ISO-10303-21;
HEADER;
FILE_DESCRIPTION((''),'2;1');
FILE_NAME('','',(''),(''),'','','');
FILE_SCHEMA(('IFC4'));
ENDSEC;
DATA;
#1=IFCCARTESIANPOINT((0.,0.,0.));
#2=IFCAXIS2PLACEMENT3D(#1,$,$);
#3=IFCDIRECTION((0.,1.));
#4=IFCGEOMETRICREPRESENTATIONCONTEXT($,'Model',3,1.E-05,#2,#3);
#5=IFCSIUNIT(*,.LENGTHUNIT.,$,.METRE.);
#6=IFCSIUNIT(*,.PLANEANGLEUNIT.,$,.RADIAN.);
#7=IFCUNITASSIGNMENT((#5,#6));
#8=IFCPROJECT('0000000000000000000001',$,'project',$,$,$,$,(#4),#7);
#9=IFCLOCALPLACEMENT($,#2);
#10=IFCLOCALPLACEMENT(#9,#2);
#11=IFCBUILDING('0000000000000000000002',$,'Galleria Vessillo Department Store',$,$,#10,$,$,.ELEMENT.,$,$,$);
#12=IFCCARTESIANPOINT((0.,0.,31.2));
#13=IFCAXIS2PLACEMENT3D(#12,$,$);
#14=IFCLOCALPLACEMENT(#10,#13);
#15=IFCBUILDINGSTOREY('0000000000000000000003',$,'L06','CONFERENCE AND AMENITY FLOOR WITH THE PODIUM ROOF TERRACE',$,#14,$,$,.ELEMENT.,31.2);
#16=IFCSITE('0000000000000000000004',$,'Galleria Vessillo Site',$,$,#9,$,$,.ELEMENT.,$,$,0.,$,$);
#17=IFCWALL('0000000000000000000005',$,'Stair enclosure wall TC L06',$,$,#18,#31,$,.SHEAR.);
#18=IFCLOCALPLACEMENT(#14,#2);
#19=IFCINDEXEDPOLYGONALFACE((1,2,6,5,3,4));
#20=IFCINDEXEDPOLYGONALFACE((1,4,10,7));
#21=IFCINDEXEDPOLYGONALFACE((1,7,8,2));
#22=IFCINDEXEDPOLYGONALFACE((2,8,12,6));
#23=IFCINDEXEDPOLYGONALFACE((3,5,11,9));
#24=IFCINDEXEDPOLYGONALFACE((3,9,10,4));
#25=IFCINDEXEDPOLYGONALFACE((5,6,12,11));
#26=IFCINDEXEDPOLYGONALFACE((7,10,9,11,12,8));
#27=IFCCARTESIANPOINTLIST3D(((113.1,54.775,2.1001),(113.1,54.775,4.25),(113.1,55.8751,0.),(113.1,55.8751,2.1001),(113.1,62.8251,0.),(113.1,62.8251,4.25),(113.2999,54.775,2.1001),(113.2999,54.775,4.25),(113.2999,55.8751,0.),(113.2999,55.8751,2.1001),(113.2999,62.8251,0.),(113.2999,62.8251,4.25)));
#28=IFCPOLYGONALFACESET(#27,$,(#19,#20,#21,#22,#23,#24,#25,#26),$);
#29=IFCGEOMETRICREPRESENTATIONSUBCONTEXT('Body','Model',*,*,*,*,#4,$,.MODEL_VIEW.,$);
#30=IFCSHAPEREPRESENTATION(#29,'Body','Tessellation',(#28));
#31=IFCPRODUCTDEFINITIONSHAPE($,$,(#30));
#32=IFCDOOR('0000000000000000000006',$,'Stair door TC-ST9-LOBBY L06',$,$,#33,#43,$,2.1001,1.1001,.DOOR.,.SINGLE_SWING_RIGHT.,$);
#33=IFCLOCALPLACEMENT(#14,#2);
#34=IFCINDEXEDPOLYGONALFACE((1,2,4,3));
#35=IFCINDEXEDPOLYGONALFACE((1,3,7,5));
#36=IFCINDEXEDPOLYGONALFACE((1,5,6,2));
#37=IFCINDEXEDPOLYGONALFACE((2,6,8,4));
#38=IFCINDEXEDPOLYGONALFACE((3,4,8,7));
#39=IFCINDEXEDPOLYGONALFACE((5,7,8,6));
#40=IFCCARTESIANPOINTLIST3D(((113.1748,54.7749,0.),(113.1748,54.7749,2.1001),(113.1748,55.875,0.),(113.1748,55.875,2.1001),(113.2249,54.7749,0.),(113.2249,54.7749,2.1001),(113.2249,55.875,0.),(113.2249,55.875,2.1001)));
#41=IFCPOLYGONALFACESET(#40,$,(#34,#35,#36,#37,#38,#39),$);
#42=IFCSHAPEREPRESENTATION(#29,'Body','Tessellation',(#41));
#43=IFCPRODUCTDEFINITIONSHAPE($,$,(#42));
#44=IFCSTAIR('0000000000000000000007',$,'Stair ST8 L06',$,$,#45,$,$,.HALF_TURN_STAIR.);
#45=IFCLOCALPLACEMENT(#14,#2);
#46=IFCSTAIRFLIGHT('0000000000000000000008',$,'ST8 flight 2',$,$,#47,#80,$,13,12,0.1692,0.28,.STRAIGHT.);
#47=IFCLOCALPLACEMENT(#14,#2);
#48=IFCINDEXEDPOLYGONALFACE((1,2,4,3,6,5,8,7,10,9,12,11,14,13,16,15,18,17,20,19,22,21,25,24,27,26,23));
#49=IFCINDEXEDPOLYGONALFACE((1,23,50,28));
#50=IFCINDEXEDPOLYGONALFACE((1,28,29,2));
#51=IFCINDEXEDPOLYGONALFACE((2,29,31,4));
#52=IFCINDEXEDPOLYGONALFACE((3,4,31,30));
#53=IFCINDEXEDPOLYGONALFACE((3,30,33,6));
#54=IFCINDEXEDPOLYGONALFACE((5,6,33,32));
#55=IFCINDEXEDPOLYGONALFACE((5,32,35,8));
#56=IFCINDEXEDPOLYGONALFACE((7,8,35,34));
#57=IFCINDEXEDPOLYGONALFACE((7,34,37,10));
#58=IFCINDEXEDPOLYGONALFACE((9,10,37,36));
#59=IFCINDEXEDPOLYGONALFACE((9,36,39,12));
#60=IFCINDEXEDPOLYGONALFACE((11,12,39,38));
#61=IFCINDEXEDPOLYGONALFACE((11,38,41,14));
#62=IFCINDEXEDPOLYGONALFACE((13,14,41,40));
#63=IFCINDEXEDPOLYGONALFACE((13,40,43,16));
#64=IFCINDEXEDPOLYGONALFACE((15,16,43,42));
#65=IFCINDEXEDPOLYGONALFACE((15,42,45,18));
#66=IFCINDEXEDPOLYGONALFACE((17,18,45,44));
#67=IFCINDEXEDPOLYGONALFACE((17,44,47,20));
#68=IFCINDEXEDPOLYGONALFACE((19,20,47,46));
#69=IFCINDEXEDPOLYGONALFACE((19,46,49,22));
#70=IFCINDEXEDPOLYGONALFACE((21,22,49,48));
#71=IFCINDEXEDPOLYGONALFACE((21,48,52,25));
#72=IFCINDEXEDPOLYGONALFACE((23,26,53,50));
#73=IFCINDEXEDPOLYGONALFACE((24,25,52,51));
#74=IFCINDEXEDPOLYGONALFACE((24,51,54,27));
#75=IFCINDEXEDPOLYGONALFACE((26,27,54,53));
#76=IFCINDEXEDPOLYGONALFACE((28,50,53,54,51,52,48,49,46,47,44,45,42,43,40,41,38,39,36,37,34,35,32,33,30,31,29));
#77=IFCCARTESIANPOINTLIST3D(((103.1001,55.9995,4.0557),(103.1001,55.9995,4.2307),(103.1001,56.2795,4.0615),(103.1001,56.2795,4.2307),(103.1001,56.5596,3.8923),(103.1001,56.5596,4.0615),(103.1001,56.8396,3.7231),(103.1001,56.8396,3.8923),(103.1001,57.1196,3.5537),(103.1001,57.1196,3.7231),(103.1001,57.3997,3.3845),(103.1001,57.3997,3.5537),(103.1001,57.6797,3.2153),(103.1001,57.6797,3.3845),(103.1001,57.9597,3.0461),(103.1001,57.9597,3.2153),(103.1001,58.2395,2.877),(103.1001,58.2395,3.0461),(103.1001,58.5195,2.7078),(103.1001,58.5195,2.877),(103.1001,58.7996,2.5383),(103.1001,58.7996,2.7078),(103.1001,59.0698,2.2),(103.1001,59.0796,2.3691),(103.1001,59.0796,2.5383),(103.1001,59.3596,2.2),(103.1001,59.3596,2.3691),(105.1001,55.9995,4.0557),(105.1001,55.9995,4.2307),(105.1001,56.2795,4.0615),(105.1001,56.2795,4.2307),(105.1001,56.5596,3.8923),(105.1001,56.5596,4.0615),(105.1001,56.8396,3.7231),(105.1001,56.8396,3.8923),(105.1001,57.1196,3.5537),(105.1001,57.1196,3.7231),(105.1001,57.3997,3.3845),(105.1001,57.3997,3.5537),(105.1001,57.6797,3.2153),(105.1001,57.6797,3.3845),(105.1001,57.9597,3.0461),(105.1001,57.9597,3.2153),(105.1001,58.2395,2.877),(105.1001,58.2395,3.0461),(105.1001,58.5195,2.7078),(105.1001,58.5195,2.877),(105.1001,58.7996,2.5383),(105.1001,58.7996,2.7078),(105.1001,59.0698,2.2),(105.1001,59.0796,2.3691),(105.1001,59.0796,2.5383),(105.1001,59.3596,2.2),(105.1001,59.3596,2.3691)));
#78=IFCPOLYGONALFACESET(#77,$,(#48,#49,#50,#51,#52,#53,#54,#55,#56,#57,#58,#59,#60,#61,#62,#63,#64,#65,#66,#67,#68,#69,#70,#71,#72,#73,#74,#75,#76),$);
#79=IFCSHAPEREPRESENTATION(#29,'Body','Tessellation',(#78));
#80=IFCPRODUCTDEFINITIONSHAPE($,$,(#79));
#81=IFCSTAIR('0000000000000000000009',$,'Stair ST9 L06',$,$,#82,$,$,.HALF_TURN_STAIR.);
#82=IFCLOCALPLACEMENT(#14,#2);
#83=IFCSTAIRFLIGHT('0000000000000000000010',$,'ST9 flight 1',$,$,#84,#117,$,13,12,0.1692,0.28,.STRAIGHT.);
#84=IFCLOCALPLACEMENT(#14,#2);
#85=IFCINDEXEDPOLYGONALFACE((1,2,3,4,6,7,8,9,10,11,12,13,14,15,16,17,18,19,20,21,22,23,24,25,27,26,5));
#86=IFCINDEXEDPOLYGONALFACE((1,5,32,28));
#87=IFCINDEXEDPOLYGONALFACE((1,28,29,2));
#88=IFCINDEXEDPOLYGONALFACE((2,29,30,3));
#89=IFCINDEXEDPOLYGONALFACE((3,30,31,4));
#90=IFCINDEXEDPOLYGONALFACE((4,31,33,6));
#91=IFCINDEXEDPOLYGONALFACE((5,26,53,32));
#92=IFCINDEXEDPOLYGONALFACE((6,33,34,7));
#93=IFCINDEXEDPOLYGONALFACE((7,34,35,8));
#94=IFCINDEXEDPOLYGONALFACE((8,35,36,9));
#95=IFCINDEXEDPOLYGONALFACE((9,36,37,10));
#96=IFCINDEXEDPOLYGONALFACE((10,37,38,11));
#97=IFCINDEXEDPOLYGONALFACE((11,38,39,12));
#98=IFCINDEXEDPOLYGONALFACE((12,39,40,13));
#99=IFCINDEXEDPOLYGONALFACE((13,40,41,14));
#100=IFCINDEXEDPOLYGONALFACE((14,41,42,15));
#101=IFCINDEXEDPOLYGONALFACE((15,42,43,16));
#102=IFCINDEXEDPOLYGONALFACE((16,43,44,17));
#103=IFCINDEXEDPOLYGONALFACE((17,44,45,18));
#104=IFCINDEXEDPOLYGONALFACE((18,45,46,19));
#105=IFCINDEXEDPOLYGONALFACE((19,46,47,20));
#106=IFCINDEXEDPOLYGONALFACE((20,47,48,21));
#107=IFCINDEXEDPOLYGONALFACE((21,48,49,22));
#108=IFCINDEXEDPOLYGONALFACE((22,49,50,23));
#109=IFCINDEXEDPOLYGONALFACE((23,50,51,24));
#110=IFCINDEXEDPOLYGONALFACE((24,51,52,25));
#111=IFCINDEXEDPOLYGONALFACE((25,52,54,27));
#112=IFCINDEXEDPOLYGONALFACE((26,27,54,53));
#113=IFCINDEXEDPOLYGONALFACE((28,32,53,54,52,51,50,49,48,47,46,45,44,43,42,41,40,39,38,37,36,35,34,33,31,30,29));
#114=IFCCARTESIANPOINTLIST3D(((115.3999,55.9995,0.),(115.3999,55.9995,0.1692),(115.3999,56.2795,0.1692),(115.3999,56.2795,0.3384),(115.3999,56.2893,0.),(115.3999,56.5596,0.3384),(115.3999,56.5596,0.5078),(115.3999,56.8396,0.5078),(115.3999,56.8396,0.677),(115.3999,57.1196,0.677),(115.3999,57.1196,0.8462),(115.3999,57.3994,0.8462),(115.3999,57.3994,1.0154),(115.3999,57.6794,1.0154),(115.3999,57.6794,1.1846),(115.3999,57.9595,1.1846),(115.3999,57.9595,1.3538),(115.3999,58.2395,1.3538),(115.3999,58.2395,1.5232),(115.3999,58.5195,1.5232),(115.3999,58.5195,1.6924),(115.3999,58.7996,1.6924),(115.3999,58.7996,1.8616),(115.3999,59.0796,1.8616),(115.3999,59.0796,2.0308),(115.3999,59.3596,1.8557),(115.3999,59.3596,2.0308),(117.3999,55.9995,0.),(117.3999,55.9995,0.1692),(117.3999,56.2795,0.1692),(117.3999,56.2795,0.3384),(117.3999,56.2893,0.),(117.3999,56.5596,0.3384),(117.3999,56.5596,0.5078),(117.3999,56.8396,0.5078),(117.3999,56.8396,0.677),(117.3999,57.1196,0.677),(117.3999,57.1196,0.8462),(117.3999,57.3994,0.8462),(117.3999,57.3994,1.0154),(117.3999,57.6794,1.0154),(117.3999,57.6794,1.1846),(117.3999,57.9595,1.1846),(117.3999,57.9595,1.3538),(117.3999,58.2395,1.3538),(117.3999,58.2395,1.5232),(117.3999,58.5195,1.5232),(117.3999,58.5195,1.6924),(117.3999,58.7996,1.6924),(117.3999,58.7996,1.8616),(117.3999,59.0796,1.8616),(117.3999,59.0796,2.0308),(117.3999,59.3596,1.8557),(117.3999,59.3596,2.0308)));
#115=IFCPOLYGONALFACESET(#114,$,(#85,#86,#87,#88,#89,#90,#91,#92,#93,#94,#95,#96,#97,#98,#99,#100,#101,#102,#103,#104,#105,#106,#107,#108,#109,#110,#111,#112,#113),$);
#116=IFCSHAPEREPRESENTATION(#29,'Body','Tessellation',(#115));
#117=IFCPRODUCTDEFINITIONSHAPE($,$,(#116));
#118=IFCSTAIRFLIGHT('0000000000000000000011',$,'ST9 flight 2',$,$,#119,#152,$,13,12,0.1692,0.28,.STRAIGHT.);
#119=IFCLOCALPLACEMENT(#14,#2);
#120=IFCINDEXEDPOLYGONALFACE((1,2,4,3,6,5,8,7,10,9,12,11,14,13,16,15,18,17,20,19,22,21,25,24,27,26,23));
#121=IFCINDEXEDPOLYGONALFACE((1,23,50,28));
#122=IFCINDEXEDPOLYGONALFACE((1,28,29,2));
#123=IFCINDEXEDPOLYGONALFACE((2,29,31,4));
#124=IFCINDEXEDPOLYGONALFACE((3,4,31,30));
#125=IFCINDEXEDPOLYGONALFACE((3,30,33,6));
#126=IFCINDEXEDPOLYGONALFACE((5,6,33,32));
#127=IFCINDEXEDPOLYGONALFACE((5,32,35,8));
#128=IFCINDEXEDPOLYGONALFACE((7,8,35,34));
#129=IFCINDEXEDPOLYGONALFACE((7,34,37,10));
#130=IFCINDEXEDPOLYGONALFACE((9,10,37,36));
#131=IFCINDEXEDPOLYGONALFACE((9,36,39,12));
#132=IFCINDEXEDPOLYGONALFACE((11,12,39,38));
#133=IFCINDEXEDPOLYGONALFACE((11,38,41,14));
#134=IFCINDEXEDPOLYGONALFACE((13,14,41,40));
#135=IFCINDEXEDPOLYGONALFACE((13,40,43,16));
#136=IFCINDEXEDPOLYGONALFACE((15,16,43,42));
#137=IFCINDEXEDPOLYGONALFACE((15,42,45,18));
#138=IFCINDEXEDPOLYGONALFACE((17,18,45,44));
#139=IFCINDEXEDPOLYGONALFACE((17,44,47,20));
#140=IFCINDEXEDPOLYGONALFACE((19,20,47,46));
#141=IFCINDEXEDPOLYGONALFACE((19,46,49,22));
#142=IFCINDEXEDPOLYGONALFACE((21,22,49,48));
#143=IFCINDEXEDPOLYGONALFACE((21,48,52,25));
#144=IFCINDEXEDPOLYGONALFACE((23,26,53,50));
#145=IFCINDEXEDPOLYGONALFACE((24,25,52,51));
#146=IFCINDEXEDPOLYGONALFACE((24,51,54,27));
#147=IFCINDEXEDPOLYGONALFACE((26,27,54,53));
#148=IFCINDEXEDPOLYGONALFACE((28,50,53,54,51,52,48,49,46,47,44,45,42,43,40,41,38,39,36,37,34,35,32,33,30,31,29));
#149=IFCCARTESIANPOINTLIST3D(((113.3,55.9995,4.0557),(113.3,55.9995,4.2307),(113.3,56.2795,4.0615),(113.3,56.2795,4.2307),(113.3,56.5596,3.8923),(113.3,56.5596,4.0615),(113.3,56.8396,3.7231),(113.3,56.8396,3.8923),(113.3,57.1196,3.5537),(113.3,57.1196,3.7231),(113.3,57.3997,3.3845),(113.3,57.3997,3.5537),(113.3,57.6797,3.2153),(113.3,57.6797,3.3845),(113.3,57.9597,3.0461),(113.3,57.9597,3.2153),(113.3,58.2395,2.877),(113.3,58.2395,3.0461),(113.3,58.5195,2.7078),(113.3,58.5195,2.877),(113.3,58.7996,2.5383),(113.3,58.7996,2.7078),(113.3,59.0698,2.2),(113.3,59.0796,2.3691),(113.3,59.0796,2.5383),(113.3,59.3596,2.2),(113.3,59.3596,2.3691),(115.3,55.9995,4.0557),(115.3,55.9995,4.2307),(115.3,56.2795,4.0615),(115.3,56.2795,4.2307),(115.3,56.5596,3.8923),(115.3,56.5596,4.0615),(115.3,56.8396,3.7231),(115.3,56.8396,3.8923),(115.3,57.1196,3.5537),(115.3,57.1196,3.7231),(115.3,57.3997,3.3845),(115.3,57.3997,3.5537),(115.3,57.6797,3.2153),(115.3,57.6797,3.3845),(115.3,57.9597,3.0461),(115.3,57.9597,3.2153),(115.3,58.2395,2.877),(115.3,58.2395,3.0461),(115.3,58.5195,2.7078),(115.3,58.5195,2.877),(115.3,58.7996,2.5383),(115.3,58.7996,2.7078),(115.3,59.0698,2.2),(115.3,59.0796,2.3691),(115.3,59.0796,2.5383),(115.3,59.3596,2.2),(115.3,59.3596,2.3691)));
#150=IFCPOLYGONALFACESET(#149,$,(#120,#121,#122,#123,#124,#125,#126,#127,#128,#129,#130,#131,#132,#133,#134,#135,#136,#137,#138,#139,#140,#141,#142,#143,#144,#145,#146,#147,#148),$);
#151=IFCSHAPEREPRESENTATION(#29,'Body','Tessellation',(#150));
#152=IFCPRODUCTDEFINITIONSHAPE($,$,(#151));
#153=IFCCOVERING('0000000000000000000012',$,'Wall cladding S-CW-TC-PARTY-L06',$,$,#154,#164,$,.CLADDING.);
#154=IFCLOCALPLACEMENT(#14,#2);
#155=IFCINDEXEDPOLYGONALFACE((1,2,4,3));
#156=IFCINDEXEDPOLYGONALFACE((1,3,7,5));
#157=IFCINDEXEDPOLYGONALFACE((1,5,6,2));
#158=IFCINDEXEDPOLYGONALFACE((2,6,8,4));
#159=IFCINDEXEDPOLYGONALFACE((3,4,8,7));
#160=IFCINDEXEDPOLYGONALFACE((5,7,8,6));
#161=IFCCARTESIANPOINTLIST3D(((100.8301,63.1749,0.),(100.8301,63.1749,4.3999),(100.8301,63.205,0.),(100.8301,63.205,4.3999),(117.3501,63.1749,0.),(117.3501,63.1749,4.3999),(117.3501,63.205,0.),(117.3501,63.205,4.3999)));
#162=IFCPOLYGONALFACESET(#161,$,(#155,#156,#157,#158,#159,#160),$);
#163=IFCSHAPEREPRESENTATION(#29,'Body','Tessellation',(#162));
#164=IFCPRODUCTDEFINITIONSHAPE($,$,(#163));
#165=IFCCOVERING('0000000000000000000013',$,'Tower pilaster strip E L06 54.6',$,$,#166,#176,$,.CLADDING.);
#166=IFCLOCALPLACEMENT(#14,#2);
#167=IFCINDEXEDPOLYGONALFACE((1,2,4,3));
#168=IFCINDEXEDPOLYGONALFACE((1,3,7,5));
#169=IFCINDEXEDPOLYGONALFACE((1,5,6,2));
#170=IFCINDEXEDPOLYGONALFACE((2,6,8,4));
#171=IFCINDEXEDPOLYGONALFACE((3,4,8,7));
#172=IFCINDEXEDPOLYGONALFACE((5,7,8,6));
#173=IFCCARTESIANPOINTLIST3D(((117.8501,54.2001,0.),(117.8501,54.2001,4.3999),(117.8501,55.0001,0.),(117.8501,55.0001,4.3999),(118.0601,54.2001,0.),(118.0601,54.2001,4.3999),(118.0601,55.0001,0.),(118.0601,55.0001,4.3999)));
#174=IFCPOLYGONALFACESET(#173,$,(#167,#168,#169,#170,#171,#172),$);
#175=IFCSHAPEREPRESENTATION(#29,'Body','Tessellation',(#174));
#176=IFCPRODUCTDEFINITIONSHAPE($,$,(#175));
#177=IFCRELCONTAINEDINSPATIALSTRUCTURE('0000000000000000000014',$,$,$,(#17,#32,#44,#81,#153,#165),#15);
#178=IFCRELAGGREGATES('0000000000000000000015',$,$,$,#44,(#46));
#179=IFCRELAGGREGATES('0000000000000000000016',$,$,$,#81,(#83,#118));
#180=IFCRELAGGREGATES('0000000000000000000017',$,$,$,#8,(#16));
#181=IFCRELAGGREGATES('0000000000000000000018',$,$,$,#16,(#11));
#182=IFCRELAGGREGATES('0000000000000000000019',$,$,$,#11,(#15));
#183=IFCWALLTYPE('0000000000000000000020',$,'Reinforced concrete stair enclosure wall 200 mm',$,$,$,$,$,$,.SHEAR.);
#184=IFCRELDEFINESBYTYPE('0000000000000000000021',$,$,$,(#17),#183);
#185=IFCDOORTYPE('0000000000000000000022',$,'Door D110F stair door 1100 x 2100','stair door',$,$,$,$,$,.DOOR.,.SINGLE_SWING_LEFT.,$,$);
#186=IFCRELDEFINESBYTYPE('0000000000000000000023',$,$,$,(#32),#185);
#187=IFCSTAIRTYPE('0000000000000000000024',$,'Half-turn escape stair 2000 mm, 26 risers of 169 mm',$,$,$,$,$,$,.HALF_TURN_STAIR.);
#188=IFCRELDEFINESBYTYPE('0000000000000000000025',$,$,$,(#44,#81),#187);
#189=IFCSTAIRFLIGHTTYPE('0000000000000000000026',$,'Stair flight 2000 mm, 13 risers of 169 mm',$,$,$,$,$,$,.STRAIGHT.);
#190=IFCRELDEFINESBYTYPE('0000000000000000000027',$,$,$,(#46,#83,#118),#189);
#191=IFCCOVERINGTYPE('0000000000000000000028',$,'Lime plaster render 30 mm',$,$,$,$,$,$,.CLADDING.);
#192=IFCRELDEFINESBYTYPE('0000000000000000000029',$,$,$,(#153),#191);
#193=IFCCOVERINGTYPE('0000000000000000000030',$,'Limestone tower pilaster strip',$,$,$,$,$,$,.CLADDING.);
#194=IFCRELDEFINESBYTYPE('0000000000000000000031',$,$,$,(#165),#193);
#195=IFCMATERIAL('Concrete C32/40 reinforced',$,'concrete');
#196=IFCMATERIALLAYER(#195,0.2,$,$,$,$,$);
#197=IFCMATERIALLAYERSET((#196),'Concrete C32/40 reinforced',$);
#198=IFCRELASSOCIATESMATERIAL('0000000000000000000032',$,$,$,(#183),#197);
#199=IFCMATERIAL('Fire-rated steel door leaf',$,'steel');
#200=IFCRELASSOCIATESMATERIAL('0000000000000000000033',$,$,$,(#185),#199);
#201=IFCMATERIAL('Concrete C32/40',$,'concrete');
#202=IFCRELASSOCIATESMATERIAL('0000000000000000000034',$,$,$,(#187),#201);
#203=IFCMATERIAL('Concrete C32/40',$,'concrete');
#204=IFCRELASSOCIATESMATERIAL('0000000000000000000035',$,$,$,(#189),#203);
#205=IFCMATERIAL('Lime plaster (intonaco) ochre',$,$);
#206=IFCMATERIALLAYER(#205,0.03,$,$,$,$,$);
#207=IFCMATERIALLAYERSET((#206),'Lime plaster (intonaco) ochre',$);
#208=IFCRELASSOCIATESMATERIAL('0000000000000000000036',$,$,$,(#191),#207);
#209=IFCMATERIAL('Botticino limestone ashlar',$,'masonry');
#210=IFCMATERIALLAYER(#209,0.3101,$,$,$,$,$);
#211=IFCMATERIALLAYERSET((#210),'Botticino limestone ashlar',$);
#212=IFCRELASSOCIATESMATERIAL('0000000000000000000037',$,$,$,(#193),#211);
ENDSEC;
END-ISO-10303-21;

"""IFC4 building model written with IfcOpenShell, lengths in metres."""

from ifc_helpers import new_model, si_unit, direction, frame, frame_2d, origin, origin_2d, place, context, subcontext, project, spatial, polyline, rectangle, outline, extrude, material, layer, layer_set, type_object, element, fill, aggregate, save


model = new_model("IFC4")

# Units and contexts
model_context = context("Model", 3, precision=1e-05, world=origin(), true_north=direction((0.0, 1.0)))
body_context = subcontext(model_context, "Body", "Model", "MODEL_VIEW")
ifc_project = project(units=[si_unit("LENGTHUNIT", "METRE"), si_unit("PLANEANGLEUNIT", "RADIAN")], contexts=[model_context])

# Site, building, storey
site_placement = place(None, origin())
site = spatial("IfcSite", under=ifc_project, at=site_placement, Name="Galleria Vessillo Site", CompositionType="ELEMENT", RefElevation=0.0)
building_placement = place(site_placement, origin())
building = spatial("IfcBuilding", under=site, at=building_placement, Name="Galleria Vessillo Department Store", CompositionType="ELEMENT")
storey_placement = place(building_placement, frame((0.0, 0.0, 31.2)))
storey = spatial("IfcBuildingStorey", under=building, at=storey_placement, Name="L06", Description="CONFERENCE AND AMENITY FLOOR WITH THE PODIUM ROOF TERRACE", CompositionType="ELEMENT", Elevation=31.2)

# Wall, opening, door
ifc_material_1 = material(Name="Concrete C32/40 reinforced", Category="concrete")
ifc_layer_1 = layer(ifc_material_1, 0.2)
ifc_layer_set_1 = layer_set([ifc_layer_1], Name="Concrete C32/40 reinforced")
wall_type_1 = type_object("IfcWallType", Name="Reinforced concrete stair enclosure wall 200 mm", PredefinedType="SHEAR", material=ifc_layer_set_1)
ifc_material_2 = material(Name="Fire-rated steel door leaf", Category="steel")
door_type_1 = type_object("IfcDoorType", Name="Door D110F stair door 1100 x 2100", Description="stair door", OperationType="SINGLE_SWING_LEFT", PredefinedType="DOOR", material=ifc_material_2)
wall_1_placement = place(storey_placement, frame((113.2, 62.825, 0.0), z_axis=(0.0, 0.0, 1.0), x_axis=(0.0, -1.0, 0.0)))
wall_1 = element("IfcWall", 1, at=wall_1_placement, inside=storey, type_object=wall_type_1, Name="Stair enclosure wall TC L06", PredefinedType="SHEAR", context=body_context, shape_type="SweptSolid", body=[
    extrude(rectangle(XDim=8.05, YDim=0.2, at=frame_2d((4.0249, 0.0))), origin(), (0.0, 0.0, 1.0), 4.25),
])
opening_1_placement = place(wall_1_placement, frame((6.95, 0.0, 0.0)))
opening_1 = element("IfcOpeningElement", 2, at=opening_1_placement, cuts=wall_1, PredefinedType="OPENING", context=body_context, shape_type="SweptSolid", body=[
    extrude(rectangle(XDim=1.1101, YDim=2.1001, at=frame_2d((0.5549, 1.05))), frame((0.0, 0.1099, 0.0), z_axis=(0.0, -1.0, 0.0), x_axis=(1.0, 0.0, 0.0)), (0.0, 0.0, 1.0), 0.22),
])
door_1_placement = place(opening_1_placement, origin())
door_1 = element("IfcDoor", 3, at=door_1_placement, inside=storey, type_object=door_type_1, Name="Stair door TC-ST9-LOBBY L06", OperationType="SINGLE_SWING_RIGHT", OverallHeight=2.1001, OverallWidth=1.1001, PredefinedType="DOOR", context=body_context, shape_type="SweptSolid", body=[
    extrude(rectangle(XDim=1.1001, YDim=2.1001, at=frame_2d((0.55, 1.05))), frame((0.0, 0.0249, 0.0), z_axis=(0.0, -1.0, 0.0), x_axis=(1.0, 0.0, 0.0)), (0.0, 0.0, 1.0), 0.05),
])
fill(opening_1, door_1)

# Stair, stair flight
ifc_material_3 = material(Name="Concrete C32/40", Category="concrete")
stair_type = type_object("IfcStairType", Name="Half-turn escape stair 2000 mm, 26 risers of 169 mm", PredefinedType="HALF_TURN_STAIR", material=ifc_material_3)
stair_1_placement = place(storey_placement, origin())
stair_1 = element("IfcStair", 4, at=stair_1_placement, inside=storey, type_object=stair_type, Name="Stair ST8 L06", PredefinedType="HALF_TURN_STAIR")
ifc_material_4 = material(Name="Concrete C32/40", Category="concrete")
stair_flight_type = type_object("IfcStairFlightType", Name="Stair flight 2000 mm, 13 risers of 169 mm", PredefinedType="STRAIGHT", material=ifc_material_4)
stair_flight_1_placement = place(storey_placement, frame((104.1001, 59.3596, 2.2), z_axis=(0.0, 0.0, 1.0), x_axis=(0.0, -1.0, 0.0)))
stair_flight_1 = element("IfcStairFlight", 5, at=stair_flight_1_placement, type_object=stair_flight_type, Name="ST8 flight 2", NumberOfRisers=13, NumberOfTreads=12, PredefinedType="STRAIGHT", RiserHeight=0.1692, TreadLength=0.28, context=body_context, shape_type="SweptSolid", body=[
    extrude(outline(polyline([(0.0, 0.0), (0.0, 0.1692), (0.28, 0.1692), (0.28, 0.3384), (0.5601, 0.3384), (0.5601, 0.5078), (0.8401, 0.5078), (0.8401, 0.677), (1.1201, 0.677), (1.1201, 0.8462), (1.3999, 0.8462), (1.3999, 1.0154), (1.6799, 1.0154), (1.6799, 1.1846), (1.96, 1.1846), (1.96, 1.3538), (2.24, 1.3538), (2.24, 1.5232), (2.52, 1.5232), (2.52, 1.6924), (2.8, 1.6924), (2.8, 1.8616), (3.0801, 1.8616), (3.0801, 2.0308), (3.3601, 2.0308), (3.3601, 2.2), (3.3601, 1.8557), (0.2898, 0.0), (0.0, 0.0)])), frame((0.0, 1.0, 0.0), z_axis=(0.0, -1.0, 0.0), x_axis=(1.0, 0.0, 0.0)), (0.0, 0.0, 1.0), 2.0),
])
aggregate(stair_1, [stair_flight_1])

# Stair, stair flights
stair_2_placement = place(storey_placement, origin())
stair_2 = element("IfcStair", 6, at=stair_2_placement, inside=storey, type_object=stair_type, Name="Stair ST9 L06", PredefinedType="HALF_TURN_STAIR")
stair_flight_2_placement = place(storey_placement, frame((116.3999, 55.9995, 0.0), z_axis=(0.0, 0.0, 1.0), x_axis=(0.0, 1.0, 0.0)))
stair_flight_2 = element("IfcStairFlight", 7, at=stair_flight_2_placement, type_object=stair_flight_type, Name="ST9 flight 1", NumberOfRisers=13, NumberOfTreads=12, PredefinedType="STRAIGHT", RiserHeight=0.1692, TreadLength=0.28, context=body_context, shape_type="SweptSolid", body=[
    extrude(outline(polyline([(0.0, 0.0), (0.0, 0.1692), (0.28, 0.1692), (0.28, 0.3384), (0.5601, 0.3384), (0.5601, 0.5078), (0.8401, 0.5078), (0.8401, 0.677), (1.1201, 0.677), (1.1201, 0.8462), (1.3999, 0.8462), (1.3999, 1.0154), (1.6799, 1.0154), (1.6799, 1.1846), (1.96, 1.1846), (1.96, 1.3538), (2.24, 1.3538), (2.24, 1.5232), (2.52, 1.5232), (2.52, 1.6924), (2.8, 1.6924), (2.8, 1.8616), (3.0801, 1.8616), (3.0801, 2.0308), (3.3601, 2.0308), (3.3601, 2.2), (3.3601, 1.8557), (0.2898, 0.0), (0.0, 0.0)])), frame((0.0, 1.0, 0.0), z_axis=(0.0, -1.0, 0.0), x_axis=(1.0, 0.0, 0.0)), (0.0, 0.0, 1.0), 2.0),
])
stair_flight_3_placement = place(storey_placement, frame((114.3, 59.3596, 2.2), z_axis=(0.0, 0.0, 1.0), x_axis=(0.0, -1.0, 0.0)))
stair_flight_3 = element("IfcStairFlight", 8, at=stair_flight_3_placement, type_object=stair_flight_type, Name="ST9 flight 2", NumberOfRisers=13, NumberOfTreads=12, PredefinedType="STRAIGHT", RiserHeight=0.1692, TreadLength=0.28, context=body_context, shape_type="SweptSolid", body=[
    extrude(outline(polyline([(0.0, 0.0), (0.0, 0.1692), (0.28, 0.1692), (0.28, 0.3384), (0.5601, 0.3384), (0.5601, 0.5078), (0.8401, 0.5078), (0.8401, 0.677), (1.1201, 0.677), (1.1201, 0.8462), (1.3999, 0.8462), (1.3999, 1.0154), (1.6799, 1.0154), (1.6799, 1.1846), (1.96, 1.1846), (1.96, 1.3538), (2.24, 1.3538), (2.24, 1.5232), (2.52, 1.5232), (2.52, 1.6924), (2.8, 1.6924), (2.8, 1.8616), (3.0801, 1.8616), (3.0801, 2.0308), (3.3601, 2.0308), (3.3601, 2.2), (3.3601, 1.8557), (0.2898, 0.0), (0.0, 0.0)])), frame((0.0, 1.0, 0.0), z_axis=(0.0, -1.0, 0.0), x_axis=(1.0, 0.0, 0.0)), (0.0, 0.0, 1.0), 2.0),
])
aggregate(stair_2, [stair_flight_2, stair_flight_3])

# Coverings
ifc_material_5 = material(Name="Lime plaster (intonaco) ochre")
ifc_layer_2 = layer(ifc_material_5, 0.03)
ifc_layer_set_2 = layer_set([ifc_layer_2], Name="Lime plaster (intonaco) ochre")
covering_type_1 = type_object("IfcCoveringType", Name="Lime plaster render 30 mm", PredefinedType="CLADDING", material=ifc_layer_set_2)
covering_1_placement = place(storey_placement, frame((109.0901, 63.1899, 0.0), z_axis=(0.0, 0.0, 1.0), x_axis=(1.0, 0.0, 0.0)))
element("IfcCovering", 9, at=covering_1_placement, inside=storey, type_object=covering_type_1, Name="Wall cladding S-CW-TC-PARTY-L06", PredefinedType="CLADDING", context=body_context, shape_type="SweptSolid", body=[
    extrude(rectangle(XDim=16.52, YDim=0.03, at=origin_2d()), origin(), (0.0, 0.0, 1.0), 4.3999),
])
ifc_material_6 = material(Name="Botticino limestone ashlar", Category="masonry")
ifc_layer_3 = layer(ifc_material_6, 0.3101)
ifc_layer_set_3 = layer_set([ifc_layer_3], Name="Botticino limestone ashlar")
covering_type_2 = type_object("IfcCoveringType", Name="Limestone tower pilaster strip", PredefinedType="CLADDING", material=ifc_layer_set_3)
covering_2_placement = place(storey_placement, frame((117.9551, 54.6001, 0.0), z_axis=(0.0, 0.0, 1.0), x_axis=(1.0, 0.0, 0.0)))
element("IfcCovering", 10, at=covering_2_placement, inside=storey, type_object=covering_type_2, Name="Tower pilaster strip E L06 54.6", PredefinedType="CLADDING", context=body_context, shape_type="SweptSolid", body=[
    extrude(rectangle(XDim=0.21, YDim=0.8, at=origin_2d()), origin(), (0.0, 0.0, 1.0), 4.3999),
])

save(model, "model.ifc")
